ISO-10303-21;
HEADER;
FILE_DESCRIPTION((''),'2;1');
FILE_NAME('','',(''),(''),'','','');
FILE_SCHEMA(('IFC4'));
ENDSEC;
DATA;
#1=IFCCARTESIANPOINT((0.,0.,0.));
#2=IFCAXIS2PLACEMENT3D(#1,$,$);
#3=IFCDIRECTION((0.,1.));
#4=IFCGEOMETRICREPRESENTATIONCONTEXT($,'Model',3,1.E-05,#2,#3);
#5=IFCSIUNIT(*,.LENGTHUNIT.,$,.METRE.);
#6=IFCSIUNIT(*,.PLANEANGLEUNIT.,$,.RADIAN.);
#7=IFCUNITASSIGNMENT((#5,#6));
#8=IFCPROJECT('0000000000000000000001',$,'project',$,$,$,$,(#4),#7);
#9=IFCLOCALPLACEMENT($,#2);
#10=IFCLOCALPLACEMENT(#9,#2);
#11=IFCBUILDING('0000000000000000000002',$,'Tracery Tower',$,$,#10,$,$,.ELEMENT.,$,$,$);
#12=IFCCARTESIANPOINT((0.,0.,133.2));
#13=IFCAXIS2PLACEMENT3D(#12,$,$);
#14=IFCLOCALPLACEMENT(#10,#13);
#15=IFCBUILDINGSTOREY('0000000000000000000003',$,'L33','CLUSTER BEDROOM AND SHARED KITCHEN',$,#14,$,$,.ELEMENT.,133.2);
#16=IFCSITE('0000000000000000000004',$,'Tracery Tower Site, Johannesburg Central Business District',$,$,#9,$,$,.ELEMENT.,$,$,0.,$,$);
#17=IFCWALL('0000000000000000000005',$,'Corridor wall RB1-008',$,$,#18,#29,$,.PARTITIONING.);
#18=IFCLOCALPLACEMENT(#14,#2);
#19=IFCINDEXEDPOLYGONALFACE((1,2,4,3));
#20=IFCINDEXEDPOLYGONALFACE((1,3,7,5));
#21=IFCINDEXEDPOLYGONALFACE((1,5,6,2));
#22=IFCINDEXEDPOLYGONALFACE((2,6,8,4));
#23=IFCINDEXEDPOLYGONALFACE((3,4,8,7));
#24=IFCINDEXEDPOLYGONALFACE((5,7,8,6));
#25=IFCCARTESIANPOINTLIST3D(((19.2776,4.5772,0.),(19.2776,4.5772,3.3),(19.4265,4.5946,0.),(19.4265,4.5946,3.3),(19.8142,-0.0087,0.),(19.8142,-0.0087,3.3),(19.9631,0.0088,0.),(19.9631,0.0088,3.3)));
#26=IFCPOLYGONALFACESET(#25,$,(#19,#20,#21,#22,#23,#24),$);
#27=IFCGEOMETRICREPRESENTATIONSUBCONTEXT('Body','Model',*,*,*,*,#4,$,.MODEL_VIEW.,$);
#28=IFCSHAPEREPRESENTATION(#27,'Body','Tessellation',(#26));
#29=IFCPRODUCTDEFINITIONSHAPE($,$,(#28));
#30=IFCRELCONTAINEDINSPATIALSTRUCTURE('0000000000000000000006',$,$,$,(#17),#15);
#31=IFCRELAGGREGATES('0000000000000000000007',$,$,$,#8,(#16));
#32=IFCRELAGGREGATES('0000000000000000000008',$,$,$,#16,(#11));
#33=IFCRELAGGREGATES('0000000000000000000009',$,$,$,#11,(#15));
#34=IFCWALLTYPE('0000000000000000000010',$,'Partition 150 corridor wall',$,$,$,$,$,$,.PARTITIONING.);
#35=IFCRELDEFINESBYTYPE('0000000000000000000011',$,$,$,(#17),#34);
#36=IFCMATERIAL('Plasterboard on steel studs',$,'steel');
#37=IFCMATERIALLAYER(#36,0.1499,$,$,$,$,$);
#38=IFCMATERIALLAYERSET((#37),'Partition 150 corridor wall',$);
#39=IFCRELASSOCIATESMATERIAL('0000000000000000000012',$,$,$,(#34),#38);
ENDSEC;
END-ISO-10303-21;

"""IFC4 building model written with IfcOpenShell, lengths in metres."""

from ifc_helpers import new_model, si_unit, direction, frame, frame_2d, origin, place, context, subcontext, project, spatial, rectangle, extrude, material, layer, layer_set, type_object, element, save


model = new_model("IFC4")

# Units and contexts
model_context = context("Model", 3, precision=1e-05, world=origin(), true_north=direction((0.0, 1.0)))
body_context = subcontext(model_context, "Body", "Model", "MODEL_VIEW")
ifc_project = project(units=[si_unit("LENGTHUNIT", "METRE"), si_unit("PLANEANGLEUNIT", "RADIAN")], contexts=[model_context])

# Site, building, storey
site_placement = place(None, origin())
site = spatial("IfcSite", under=ifc_project, at=site_placement, Name="Tracery Tower Site, Johannesburg Central Business District", CompositionType="ELEMENT", RefElevation=0.0)
building_placement = place(site_placement, origin())
building = spatial("IfcBuilding", under=site, at=building_placement, Name="Tracery Tower", CompositionType="ELEMENT")
storey_placement = place(building_placement, frame((0.0, 0.0, 133.2)))
storey = spatial("IfcBuildingStorey", under=building, at=storey_placement, Name="L33", Description="CLUSTER BEDROOM AND SHARED KITCHEN", CompositionType="ELEMENT", Elevation=133.2)

# Wall
ifc_material_1 = material(Name="Plasterboard on steel studs", Category="steel")
ifc_layer_1 = layer(ifc_material_1, 0.1499)
ifc_layer_set_1 = layer_set([ifc_layer_1], Name="Partition 150 corridor wall")
wall_type_1 = type_object("IfcWallType", Name="Partition 150 corridor wall", PredefinedType="PARTITIONING", material=ifc_layer_set_1)
wall_1_placement = place(storey_placement, frame((19.3521, 4.5859, 0.0), z_axis=(0.0, 0.0, 1.0), x_axis=(0.116222, -0.993223, 0.0)))
element("IfcWall", 1, at=wall_1_placement, inside=storey, type_object=wall_type_1, Name="Corridor wall RB1-008", PredefinedType="PARTITIONING", context=body_context, shape_type="SweptSolid", body=[
    extrude(rectangle(XDim=4.6172, YDim=0.1499, at=frame_2d((2.3086, 0.0))), origin(), (0.0, 0.0, 1.0), 3.3),
])

save(model, "model.ifc")
